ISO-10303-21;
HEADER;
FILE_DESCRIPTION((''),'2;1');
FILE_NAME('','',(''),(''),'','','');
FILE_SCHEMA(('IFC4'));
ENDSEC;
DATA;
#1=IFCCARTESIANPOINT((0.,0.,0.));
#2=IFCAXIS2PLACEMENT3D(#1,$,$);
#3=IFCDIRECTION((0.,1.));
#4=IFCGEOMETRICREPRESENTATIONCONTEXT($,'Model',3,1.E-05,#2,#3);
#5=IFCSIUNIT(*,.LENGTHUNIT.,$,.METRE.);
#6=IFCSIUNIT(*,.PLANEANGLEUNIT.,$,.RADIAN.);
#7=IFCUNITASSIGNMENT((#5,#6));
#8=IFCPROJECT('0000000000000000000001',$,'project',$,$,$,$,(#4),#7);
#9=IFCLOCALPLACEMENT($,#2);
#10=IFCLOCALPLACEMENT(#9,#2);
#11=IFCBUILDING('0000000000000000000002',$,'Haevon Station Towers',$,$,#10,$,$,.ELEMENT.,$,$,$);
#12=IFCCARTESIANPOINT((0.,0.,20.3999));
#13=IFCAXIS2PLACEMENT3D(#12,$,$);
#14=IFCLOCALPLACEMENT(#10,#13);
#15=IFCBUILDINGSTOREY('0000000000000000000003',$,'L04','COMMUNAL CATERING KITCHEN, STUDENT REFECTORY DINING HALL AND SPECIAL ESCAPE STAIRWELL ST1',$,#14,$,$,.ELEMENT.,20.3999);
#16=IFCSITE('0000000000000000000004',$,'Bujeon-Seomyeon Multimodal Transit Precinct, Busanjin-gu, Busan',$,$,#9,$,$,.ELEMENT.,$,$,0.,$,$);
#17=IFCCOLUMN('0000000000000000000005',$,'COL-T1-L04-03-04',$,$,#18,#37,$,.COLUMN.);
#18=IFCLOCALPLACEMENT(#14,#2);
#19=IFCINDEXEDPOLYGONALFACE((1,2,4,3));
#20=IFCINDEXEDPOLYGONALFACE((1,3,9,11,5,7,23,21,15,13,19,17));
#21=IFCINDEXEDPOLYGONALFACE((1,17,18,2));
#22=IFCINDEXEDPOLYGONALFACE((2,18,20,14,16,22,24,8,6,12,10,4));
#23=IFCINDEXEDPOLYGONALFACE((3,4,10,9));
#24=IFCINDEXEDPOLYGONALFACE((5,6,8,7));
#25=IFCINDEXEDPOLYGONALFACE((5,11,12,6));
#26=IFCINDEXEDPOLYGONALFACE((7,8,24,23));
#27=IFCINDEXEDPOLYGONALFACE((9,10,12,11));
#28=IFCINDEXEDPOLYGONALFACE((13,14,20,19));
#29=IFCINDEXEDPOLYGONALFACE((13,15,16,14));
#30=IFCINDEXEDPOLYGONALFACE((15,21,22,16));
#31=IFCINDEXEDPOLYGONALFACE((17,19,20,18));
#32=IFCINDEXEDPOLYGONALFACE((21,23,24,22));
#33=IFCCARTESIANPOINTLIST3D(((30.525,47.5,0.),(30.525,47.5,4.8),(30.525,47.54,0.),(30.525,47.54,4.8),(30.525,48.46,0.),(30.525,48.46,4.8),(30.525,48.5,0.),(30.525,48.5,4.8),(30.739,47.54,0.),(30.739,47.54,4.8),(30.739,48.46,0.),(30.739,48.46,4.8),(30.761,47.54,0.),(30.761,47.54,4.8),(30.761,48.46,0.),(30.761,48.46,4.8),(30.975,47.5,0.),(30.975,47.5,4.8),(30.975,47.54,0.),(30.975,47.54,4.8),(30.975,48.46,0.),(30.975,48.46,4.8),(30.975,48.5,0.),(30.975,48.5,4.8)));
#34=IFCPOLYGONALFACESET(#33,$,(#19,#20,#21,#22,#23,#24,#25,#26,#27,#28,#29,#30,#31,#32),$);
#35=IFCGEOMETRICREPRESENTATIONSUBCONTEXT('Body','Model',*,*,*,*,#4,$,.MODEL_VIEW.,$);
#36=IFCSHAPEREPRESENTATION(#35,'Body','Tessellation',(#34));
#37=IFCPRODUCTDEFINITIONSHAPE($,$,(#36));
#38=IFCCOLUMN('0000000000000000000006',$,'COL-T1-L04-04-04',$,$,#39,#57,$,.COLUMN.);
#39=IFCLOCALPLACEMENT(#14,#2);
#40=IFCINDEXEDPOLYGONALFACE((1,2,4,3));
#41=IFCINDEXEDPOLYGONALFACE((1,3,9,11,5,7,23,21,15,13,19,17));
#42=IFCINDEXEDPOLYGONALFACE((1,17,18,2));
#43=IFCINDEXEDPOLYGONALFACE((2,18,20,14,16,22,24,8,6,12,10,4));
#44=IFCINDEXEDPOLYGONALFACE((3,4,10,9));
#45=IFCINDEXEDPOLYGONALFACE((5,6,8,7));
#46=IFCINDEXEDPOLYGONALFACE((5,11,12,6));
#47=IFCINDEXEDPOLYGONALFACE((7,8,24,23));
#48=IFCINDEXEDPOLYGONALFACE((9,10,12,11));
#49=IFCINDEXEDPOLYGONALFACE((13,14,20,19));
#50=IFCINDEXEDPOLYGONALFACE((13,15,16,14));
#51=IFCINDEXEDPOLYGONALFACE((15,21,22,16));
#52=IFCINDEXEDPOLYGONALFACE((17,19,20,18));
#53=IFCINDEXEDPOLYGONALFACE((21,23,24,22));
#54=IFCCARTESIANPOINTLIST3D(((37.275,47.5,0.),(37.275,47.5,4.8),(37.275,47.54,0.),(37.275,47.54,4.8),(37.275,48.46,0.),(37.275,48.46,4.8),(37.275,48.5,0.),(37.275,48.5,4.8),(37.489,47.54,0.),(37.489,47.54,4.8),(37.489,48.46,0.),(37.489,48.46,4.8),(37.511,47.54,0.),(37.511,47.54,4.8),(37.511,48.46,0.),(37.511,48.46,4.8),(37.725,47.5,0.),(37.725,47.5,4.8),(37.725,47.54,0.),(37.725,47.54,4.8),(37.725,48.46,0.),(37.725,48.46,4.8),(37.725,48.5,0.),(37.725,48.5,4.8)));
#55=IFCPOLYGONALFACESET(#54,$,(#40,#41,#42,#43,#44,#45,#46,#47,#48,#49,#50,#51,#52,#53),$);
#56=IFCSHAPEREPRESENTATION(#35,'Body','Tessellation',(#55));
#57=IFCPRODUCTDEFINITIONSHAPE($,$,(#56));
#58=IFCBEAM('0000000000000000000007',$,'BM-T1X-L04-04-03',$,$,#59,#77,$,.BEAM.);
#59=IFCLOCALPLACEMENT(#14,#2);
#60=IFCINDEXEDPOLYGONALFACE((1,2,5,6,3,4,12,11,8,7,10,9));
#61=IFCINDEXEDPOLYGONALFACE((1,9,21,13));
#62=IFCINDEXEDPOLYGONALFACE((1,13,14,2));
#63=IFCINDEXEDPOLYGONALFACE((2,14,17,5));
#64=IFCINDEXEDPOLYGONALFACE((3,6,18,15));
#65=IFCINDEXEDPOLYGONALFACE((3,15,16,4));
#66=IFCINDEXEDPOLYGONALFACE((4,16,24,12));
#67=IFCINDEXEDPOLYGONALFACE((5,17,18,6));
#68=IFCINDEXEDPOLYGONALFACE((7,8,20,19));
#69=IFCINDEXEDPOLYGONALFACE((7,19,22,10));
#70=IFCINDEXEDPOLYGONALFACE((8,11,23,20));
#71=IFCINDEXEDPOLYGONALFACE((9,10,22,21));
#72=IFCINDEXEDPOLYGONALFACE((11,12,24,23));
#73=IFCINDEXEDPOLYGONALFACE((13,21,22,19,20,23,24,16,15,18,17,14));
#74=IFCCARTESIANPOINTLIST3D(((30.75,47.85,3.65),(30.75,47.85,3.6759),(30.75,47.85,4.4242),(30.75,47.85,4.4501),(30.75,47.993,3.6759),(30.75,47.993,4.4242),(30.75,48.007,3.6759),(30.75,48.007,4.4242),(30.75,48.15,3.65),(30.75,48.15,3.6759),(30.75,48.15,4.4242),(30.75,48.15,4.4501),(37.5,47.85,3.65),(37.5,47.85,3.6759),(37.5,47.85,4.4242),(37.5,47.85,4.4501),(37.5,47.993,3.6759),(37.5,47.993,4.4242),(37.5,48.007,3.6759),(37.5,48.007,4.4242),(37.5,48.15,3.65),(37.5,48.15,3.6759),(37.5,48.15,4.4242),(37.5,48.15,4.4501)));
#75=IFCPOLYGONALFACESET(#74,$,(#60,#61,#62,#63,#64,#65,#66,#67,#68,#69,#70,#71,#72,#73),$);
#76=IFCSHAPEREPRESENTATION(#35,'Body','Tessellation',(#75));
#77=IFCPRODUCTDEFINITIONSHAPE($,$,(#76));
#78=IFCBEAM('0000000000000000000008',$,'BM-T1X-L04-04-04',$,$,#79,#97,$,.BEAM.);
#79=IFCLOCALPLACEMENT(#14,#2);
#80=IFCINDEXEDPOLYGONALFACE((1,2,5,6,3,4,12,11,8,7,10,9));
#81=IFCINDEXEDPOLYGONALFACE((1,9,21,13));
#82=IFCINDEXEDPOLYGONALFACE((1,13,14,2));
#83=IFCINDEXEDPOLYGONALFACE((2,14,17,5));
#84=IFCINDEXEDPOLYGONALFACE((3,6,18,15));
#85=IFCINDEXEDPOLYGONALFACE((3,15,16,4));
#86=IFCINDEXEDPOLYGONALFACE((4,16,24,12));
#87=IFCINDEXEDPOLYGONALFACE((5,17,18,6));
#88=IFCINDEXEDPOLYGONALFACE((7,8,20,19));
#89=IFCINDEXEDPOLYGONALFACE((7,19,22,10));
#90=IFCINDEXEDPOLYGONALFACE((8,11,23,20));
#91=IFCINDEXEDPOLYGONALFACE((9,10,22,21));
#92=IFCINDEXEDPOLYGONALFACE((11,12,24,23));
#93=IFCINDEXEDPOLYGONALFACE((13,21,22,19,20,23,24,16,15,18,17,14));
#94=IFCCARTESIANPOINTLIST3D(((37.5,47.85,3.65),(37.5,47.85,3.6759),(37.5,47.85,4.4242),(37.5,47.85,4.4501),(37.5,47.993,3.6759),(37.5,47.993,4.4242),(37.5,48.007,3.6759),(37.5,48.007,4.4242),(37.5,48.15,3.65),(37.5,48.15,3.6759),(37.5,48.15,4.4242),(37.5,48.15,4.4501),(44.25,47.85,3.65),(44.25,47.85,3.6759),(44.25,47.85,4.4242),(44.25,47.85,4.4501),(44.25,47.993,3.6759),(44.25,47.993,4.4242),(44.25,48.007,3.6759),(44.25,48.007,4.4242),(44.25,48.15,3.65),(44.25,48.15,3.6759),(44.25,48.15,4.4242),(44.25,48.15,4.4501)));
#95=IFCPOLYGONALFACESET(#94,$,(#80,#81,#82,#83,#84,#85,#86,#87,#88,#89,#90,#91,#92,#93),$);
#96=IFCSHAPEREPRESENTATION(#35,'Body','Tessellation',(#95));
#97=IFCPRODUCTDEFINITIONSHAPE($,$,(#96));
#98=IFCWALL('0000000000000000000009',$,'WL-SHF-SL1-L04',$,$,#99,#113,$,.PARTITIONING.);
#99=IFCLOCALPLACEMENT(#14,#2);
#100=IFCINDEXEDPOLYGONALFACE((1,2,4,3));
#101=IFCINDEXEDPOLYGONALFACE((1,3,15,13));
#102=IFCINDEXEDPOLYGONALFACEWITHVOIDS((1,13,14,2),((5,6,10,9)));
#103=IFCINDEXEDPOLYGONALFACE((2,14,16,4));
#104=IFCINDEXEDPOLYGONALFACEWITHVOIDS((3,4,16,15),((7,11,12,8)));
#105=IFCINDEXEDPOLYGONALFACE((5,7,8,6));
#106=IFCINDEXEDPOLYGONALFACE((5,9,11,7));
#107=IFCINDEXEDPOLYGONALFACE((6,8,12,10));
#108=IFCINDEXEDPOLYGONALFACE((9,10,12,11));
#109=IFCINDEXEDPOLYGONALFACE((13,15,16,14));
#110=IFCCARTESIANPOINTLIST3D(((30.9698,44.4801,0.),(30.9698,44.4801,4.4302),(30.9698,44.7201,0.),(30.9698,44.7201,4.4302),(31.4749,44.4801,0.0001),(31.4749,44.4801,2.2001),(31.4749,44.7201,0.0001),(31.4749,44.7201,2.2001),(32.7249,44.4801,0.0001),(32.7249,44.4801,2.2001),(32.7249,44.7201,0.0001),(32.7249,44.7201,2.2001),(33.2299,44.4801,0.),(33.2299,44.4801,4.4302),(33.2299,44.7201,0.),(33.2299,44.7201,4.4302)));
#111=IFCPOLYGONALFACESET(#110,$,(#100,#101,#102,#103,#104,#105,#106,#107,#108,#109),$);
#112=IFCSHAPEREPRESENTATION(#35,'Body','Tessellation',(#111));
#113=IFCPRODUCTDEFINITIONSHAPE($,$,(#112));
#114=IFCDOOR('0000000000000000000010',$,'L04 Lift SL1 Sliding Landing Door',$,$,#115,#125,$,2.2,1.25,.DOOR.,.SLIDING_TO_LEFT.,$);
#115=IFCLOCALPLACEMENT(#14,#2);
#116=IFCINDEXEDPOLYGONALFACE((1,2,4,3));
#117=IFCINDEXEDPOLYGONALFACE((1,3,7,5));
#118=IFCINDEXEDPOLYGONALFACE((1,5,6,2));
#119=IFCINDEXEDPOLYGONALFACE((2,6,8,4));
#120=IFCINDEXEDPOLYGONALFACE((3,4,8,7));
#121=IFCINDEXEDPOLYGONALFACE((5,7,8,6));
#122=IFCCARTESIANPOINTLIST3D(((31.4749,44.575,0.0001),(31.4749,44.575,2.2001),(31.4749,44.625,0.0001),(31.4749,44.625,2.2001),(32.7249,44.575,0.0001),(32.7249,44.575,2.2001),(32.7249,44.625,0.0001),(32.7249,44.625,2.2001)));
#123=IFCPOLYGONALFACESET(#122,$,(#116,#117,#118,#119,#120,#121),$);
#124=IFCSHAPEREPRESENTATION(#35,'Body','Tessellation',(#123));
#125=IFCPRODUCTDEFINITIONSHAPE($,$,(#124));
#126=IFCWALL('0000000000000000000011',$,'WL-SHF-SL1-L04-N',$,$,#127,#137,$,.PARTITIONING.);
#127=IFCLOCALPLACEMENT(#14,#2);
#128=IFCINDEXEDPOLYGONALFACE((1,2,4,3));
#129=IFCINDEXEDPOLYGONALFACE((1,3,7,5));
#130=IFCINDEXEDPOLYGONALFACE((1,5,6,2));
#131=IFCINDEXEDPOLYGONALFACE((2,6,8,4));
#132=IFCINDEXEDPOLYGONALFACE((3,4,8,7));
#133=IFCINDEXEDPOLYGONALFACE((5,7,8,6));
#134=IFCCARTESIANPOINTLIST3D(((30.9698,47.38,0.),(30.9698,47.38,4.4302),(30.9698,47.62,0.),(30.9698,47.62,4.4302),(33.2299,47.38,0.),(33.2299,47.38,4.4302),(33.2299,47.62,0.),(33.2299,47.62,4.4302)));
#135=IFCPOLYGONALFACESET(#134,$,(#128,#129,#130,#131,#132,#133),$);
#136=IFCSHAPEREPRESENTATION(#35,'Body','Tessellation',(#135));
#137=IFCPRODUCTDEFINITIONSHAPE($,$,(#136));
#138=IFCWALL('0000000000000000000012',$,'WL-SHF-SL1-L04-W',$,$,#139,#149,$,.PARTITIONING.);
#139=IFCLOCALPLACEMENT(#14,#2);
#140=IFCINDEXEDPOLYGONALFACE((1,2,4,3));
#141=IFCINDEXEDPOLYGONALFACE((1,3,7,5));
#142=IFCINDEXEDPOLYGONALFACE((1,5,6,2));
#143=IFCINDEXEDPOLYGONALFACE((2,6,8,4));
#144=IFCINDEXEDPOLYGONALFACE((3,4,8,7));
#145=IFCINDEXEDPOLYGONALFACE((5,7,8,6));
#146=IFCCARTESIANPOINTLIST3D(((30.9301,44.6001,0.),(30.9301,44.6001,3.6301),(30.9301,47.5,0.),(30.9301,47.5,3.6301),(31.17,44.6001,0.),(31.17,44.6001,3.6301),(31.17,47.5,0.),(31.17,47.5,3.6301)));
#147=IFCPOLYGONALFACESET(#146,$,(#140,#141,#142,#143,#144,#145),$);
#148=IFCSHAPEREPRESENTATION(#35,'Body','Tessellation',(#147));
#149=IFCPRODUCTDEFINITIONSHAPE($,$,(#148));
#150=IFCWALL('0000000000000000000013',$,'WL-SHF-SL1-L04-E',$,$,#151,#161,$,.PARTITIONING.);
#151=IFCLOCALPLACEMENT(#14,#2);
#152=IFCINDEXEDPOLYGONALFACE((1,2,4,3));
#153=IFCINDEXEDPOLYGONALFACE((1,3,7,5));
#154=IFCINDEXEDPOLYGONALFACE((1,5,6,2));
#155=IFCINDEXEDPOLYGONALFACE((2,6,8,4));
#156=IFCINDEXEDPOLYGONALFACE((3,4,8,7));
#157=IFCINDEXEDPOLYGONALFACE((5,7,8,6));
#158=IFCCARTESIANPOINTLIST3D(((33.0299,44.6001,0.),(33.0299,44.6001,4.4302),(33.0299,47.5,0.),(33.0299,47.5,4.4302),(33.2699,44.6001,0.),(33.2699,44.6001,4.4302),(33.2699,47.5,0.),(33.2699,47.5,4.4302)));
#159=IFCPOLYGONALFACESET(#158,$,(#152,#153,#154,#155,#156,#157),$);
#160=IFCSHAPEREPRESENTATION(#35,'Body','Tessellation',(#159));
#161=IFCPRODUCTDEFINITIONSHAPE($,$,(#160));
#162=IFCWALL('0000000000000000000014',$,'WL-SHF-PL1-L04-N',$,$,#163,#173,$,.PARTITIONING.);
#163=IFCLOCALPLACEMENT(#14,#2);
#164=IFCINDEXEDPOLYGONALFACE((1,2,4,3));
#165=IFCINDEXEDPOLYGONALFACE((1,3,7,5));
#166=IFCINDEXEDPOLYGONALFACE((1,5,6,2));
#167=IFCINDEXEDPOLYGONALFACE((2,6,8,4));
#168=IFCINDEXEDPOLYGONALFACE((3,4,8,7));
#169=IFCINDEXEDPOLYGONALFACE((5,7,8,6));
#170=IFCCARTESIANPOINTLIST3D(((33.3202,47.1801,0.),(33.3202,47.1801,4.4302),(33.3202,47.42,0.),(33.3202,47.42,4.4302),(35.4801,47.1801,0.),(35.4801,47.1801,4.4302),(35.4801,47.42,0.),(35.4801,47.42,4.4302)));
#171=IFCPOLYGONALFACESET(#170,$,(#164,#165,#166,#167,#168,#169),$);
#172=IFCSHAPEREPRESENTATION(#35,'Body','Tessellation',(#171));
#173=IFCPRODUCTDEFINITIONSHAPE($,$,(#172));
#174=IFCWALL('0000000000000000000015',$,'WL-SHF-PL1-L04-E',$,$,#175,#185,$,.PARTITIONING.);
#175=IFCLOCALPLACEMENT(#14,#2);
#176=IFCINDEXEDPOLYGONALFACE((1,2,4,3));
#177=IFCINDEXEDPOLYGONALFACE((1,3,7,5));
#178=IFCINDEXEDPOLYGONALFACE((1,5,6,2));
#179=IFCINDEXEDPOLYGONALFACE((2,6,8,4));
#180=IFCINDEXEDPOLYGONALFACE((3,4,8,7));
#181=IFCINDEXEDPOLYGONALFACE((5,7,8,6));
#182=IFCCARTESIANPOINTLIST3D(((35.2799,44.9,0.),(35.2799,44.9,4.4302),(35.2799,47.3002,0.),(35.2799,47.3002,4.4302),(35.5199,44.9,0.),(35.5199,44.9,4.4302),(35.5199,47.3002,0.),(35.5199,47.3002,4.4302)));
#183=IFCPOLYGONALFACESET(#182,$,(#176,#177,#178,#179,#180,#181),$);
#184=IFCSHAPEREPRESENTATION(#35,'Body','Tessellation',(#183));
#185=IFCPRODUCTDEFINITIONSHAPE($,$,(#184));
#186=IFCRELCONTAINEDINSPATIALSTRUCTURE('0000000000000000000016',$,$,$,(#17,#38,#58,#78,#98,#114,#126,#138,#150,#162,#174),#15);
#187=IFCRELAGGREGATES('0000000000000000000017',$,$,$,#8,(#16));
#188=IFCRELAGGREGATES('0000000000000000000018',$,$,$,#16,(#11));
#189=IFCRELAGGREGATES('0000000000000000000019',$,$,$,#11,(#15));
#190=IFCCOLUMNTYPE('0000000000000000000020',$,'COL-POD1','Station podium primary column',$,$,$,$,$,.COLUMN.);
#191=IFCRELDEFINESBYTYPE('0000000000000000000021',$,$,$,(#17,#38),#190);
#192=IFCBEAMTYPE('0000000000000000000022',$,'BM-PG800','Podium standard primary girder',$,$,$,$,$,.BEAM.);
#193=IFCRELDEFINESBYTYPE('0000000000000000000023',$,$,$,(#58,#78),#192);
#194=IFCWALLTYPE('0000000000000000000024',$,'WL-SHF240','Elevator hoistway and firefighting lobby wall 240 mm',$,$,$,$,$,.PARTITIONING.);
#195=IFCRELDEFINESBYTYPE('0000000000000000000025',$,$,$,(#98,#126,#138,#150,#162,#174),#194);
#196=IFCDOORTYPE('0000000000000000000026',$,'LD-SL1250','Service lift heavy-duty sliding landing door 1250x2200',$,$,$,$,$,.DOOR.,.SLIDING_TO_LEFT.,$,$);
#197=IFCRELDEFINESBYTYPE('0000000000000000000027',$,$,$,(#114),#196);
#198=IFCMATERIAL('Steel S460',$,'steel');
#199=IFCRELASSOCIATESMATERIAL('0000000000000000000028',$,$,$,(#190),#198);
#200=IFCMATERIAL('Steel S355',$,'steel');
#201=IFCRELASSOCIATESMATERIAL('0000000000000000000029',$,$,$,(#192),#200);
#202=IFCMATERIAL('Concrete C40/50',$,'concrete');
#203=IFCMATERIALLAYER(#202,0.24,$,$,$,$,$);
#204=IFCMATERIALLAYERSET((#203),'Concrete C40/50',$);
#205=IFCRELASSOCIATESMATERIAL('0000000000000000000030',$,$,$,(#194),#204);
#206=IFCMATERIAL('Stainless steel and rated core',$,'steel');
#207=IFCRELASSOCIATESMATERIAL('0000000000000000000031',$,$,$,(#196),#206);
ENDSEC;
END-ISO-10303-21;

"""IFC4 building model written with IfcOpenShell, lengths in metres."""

from ifc_helpers import new_model, si_unit, direction, frame, frame_2d, origin, origin_2d, place, context, subcontext, project, spatial, rectangle, i_section, extrude, material, layer, layer_set, material_profile, profile_set, type_object, element, fill, save


model = new_model("IFC4")

# Units and contexts
model_context = context("Model", 3, precision=1e-05, world=origin(), true_north=direction((0.0, 1.0)))
body_context = subcontext(model_context, "Body", "Model", "MODEL_VIEW")
ifc_project = project(units=[si_unit("LENGTHUNIT", "METRE"), si_unit("PLANEANGLEUNIT", "RADIAN")], contexts=[model_context])

# Site, building, storey
site_placement = place(None, origin())
site = spatial("IfcSite", under=ifc_project, at=site_placement, Name="Bujeon-Seomyeon Multimodal Transit Precinct, Busanjin-gu, Busan", CompositionType="ELEMENT", RefElevation=0.0)
building_placement = place(site_placement, origin())
building = spatial("IfcBuilding", under=site, at=building_placement, Name="Haevon Station Towers", CompositionType="ELEMENT")
storey_placement = place(building_placement, frame((0.0, 0.0, 20.3999)))
storey = spatial("IfcBuildingStorey", under=building, at=storey_placement, Name="L04", Description="COMMUNAL CATERING KITCHEN, STUDENT REFECTORY DINING HALL AND SPECIAL ESCAPE STAIRWELL ST1", CompositionType="ELEMENT", Elevation=20.3999)

# Columns
ifc_material_1 = material(Name="Steel S460", Category="steel")
ifc_material_profile_1 = material_profile(ifc_material_1, i_section(OverallWidth=0.45, OverallDepth=1.0, WebThickness=0.022, FlangeThickness=0.04, at=origin_2d()), Name="H-1000x450x22x40")
ifc_profile_set_1 = profile_set([ifc_material_profile_1], Name="Steel S460")
column_type = type_object("IfcColumnType", Name="COL-POD1", Description="Station podium primary column", PredefinedType="COLUMN", material=ifc_profile_set_1)
for number, where, z_axis, x_axis, name in (
    (1, (30.75, 48.0, 0.0), (0.0, 0.0, 1.0), (1.0, 0.0, 0.0), "COL-T1-L04-03-04"),
    (2, (37.5, 48.0, 0.0), (0.0, 0.0, 1.0), (1.0, 0.0, 0.0), "COL-T1-L04-04-04"),
):
    element("IfcColumn", number, at=place(storey_placement, frame(where, z_axis=z_axis, x_axis=x_axis)), inside=storey, type_object=column_type, Name=name, PredefinedType="COLUMN", context=body_context, shape_type="SweptSolid", body=[
        extrude(i_section(OverallWidth=0.45, OverallDepth=1.0, WebThickness=0.022, FlangeThickness=0.04, at=origin_2d()), origin(), (0.0, 0.0, 1.0), 4.8),
    ])

# Beams
ifc_material_2 = material(Name="Steel S355", Category="steel")
ifc_material_profile_2 = material_profile(ifc_material_2, i_section(OverallWidth=0.3, OverallDepth=0.8, WebThickness=0.0139, FlangeThickness=0.0259, at=origin_2d()), Name="H-800x300x14x26")
ifc_profile_set_2 = profile_set([ifc_material_profile_2], Name="Steel S355")
beam_type = type_object("IfcBeamType", Name="BM-PG800", Description="Podium standard primary girder", PredefinedType="BEAM", material=ifc_profile_set_2)
for number, where, z_axis, x_axis, name in (
    (3, (30.75, 48.0, 4.05), (1.0, 0.0, 0.0), (0.0, 1.0, 0.0), "BM-T1X-L04-04-03"),
    (4, (37.5, 48.0, 4.05), (1.0, 0.0, 0.0), (0.0, 1.0, 0.0), "BM-T1X-L04-04-04"),
):
    element("IfcBeam", number, at=place(storey_placement, frame(where, z_axis=z_axis, x_axis=x_axis)), inside=storey, type_object=beam_type, Name=name, PredefinedType="BEAM", context=body_context, shape_type="SweptSolid", body=[
        extrude(i_section(OverallWidth=0.3, OverallDepth=0.8, WebThickness=0.0139, FlangeThickness=0.0259, at=origin_2d()), origin(), (0.0, 0.0, 1.0), 6.75),
    ])

# Wall, opening, door
ifc_material_3 = material(Name="Concrete C40/50", Category="concrete")
ifc_layer = layer(ifc_material_3, 0.24)
ifc_layer_set = layer_set([ifc_layer], Name="Concrete C40/50")
wall_type = type_object("IfcWallType", Name="WL-SHF240", Description="Elevator hoistway and firefighting lobby wall 240 mm", PredefinedType="PARTITIONING", material=ifc_layer_set)
wall_1_placement = place(storey_placement, frame((30.97, 44.6001, 0.0), z_axis=(0.0, 0.0, 1.0), x_axis=(1.0, 0.0, 0.0)))
wall_1 = element("IfcWall", 5, at=wall_1_placement, inside=storey, type_object=wall_type, Name="WL-SHF-SL1-L04", PredefinedType="PARTITIONING", context=body_context, shape_type="SweptSolid", body=[
    extrude(rectangle(XDim=2.26, YDim=0.24, at=frame_2d((1.1299, 0.0))), origin(), (0.0, 0.0, 1.0), 4.4302),
])
opening_1_placement = place(wall_1_placement, frame((0.5049, 0.0, 0.0)))
opening_1 = element("IfcOpeningElement", 6, at=opening_1_placement, cuts=wall_1, PredefinedType="OPENING", context=body_context, shape_type="SweptSolid", body=[
    extrude(rectangle(XDim=1.25, YDim=2.2, at=frame_2d((0.625, 1.1001))), frame((0.0, 0.1299, 0.0), z_axis=(0.0, -1.0, 0.0), x_axis=(1.0, 0.0, 0.0)), (0.0, 0.0, 1.0), 0.26),
])
ifc_material_4 = material(Name="Stainless steel and rated core", Category="steel")
door_type_1 = type_object("IfcDoorType", Name="LD-SL1250", Description="Service lift heavy-duty sliding landing door 1250x2200", OperationType="SLIDING_TO_LEFT", PredefinedType="DOOR", material=ifc_material_4)
door_1_placement = place(opening_1_placement, origin())
door_1 = element("IfcDoor", 7, at=door_1_placement, inside=storey, type_object=door_type_1, Name="L04 Lift SL1 Sliding Landing Door", OperationType="SLIDING_TO_LEFT", OverallHeight=2.2, OverallWidth=1.25, PredefinedType="DOOR", context=body_context, shape_type="SweptSolid", body=[
    extrude(rectangle(XDim=1.25, YDim=2.2, at=frame_2d((0.625, 1.1001))), frame((0.0, 0.0249, 0.0), z_axis=(0.0, -1.0, 0.0), x_axis=(1.0, 0.0, 0.0)), (0.0, 0.0, 1.0), 0.05),
])
fill(opening_1, door_1)

# Walls
wall_2_placement = place(storey_placement, frame((30.97, 47.5, 0.0), z_axis=(0.0, 0.0, 1.0), x_axis=(1.0, 0.0, 0.0)))
element("IfcWall", 8, at=wall_2_placement, inside=storey, type_object=wall_type, Name="WL-SHF-SL1-L04-N", PredefinedType="PARTITIONING", context=body_context, shape_type="SweptSolid", body=[
    extrude(rectangle(XDim=2.26, YDim=0.24, at=frame_2d((1.1299, 0.0))), origin(), (0.0, 0.0, 1.0), 4.4302),
])
wall_3_placement = place(storey_placement, frame((31.05, 44.6001, 0.0), z_axis=(0.0, 0.0, 1.0), x_axis=(0.0, 1.0, 0.0)))
element("IfcWall", 9, at=wall_3_placement, inside=storey, type_object=wall_type, Name="WL-SHF-SL1-L04-W", PredefinedType="PARTITIONING", context=body_context, shape_type="SweptSolid", body=[
    extrude(rectangle(XDim=2.8999, YDim=0.24, at=frame_2d((1.45, 0.0))), origin(), (0.0, 0.0, 1.0), 3.6301),
])
wall_4_placement = place(storey_placement, frame((33.1499, 44.6001, 0.0), z_axis=(0.0, 0.0, 1.0), x_axis=(0.0, 1.0, 0.0)))
element("IfcWall", 10, at=wall_4_placement, inside=storey, type_object=wall_type, Name="WL-SHF-SL1-L04-E", PredefinedType="PARTITIONING", context=body_context, shape_type="SweptSolid", body=[
    extrude(rectangle(XDim=2.8999, YDim=0.24, at=frame_2d((1.45, 0.0))), origin(), (0.0, 0.0, 1.0), 4.4302),
])

# Walls
wall_5_placement = place(storey_placement, frame((33.3201, 47.3, 0.0), z_axis=(0.0, 0.0, 1.0), x_axis=(1.0, 0.0, 0.0)))
element("IfcWall", 11, at=wall_5_placement, inside=storey, type_object=wall_type, Name="WL-SHF-PL1-L04-N", PredefinedType="PARTITIONING", context=body_context, shape_type="SweptSolid", body=[
    extrude(rectangle(XDim=2.1599, YDim=0.24, at=frame_2d((1.0801, 0.0))), origin(), (0.0, 0.0, 1.0), 4.4302),
])
wall_6_placement = place(storey_placement, frame((35.3999, 44.8999, 0.0), z_axis=(0.0, 0.0, 1.0), x_axis=(0.0, 1.0, 0.0)))
element("IfcWall", 12, at=wall_6_placement, inside=storey, type_object=wall_type, Name="WL-SHF-PL1-L04-E", PredefinedType="PARTITIONING", context=body_context, shape_type="SweptSolid", body=[
    extrude(rectangle(XDim=2.4001, YDim=0.24, at=frame_2d((1.2002, 0.0))), origin(), (0.0, 0.0, 1.0), 4.4302),
])

save(model, "model.ifc")
